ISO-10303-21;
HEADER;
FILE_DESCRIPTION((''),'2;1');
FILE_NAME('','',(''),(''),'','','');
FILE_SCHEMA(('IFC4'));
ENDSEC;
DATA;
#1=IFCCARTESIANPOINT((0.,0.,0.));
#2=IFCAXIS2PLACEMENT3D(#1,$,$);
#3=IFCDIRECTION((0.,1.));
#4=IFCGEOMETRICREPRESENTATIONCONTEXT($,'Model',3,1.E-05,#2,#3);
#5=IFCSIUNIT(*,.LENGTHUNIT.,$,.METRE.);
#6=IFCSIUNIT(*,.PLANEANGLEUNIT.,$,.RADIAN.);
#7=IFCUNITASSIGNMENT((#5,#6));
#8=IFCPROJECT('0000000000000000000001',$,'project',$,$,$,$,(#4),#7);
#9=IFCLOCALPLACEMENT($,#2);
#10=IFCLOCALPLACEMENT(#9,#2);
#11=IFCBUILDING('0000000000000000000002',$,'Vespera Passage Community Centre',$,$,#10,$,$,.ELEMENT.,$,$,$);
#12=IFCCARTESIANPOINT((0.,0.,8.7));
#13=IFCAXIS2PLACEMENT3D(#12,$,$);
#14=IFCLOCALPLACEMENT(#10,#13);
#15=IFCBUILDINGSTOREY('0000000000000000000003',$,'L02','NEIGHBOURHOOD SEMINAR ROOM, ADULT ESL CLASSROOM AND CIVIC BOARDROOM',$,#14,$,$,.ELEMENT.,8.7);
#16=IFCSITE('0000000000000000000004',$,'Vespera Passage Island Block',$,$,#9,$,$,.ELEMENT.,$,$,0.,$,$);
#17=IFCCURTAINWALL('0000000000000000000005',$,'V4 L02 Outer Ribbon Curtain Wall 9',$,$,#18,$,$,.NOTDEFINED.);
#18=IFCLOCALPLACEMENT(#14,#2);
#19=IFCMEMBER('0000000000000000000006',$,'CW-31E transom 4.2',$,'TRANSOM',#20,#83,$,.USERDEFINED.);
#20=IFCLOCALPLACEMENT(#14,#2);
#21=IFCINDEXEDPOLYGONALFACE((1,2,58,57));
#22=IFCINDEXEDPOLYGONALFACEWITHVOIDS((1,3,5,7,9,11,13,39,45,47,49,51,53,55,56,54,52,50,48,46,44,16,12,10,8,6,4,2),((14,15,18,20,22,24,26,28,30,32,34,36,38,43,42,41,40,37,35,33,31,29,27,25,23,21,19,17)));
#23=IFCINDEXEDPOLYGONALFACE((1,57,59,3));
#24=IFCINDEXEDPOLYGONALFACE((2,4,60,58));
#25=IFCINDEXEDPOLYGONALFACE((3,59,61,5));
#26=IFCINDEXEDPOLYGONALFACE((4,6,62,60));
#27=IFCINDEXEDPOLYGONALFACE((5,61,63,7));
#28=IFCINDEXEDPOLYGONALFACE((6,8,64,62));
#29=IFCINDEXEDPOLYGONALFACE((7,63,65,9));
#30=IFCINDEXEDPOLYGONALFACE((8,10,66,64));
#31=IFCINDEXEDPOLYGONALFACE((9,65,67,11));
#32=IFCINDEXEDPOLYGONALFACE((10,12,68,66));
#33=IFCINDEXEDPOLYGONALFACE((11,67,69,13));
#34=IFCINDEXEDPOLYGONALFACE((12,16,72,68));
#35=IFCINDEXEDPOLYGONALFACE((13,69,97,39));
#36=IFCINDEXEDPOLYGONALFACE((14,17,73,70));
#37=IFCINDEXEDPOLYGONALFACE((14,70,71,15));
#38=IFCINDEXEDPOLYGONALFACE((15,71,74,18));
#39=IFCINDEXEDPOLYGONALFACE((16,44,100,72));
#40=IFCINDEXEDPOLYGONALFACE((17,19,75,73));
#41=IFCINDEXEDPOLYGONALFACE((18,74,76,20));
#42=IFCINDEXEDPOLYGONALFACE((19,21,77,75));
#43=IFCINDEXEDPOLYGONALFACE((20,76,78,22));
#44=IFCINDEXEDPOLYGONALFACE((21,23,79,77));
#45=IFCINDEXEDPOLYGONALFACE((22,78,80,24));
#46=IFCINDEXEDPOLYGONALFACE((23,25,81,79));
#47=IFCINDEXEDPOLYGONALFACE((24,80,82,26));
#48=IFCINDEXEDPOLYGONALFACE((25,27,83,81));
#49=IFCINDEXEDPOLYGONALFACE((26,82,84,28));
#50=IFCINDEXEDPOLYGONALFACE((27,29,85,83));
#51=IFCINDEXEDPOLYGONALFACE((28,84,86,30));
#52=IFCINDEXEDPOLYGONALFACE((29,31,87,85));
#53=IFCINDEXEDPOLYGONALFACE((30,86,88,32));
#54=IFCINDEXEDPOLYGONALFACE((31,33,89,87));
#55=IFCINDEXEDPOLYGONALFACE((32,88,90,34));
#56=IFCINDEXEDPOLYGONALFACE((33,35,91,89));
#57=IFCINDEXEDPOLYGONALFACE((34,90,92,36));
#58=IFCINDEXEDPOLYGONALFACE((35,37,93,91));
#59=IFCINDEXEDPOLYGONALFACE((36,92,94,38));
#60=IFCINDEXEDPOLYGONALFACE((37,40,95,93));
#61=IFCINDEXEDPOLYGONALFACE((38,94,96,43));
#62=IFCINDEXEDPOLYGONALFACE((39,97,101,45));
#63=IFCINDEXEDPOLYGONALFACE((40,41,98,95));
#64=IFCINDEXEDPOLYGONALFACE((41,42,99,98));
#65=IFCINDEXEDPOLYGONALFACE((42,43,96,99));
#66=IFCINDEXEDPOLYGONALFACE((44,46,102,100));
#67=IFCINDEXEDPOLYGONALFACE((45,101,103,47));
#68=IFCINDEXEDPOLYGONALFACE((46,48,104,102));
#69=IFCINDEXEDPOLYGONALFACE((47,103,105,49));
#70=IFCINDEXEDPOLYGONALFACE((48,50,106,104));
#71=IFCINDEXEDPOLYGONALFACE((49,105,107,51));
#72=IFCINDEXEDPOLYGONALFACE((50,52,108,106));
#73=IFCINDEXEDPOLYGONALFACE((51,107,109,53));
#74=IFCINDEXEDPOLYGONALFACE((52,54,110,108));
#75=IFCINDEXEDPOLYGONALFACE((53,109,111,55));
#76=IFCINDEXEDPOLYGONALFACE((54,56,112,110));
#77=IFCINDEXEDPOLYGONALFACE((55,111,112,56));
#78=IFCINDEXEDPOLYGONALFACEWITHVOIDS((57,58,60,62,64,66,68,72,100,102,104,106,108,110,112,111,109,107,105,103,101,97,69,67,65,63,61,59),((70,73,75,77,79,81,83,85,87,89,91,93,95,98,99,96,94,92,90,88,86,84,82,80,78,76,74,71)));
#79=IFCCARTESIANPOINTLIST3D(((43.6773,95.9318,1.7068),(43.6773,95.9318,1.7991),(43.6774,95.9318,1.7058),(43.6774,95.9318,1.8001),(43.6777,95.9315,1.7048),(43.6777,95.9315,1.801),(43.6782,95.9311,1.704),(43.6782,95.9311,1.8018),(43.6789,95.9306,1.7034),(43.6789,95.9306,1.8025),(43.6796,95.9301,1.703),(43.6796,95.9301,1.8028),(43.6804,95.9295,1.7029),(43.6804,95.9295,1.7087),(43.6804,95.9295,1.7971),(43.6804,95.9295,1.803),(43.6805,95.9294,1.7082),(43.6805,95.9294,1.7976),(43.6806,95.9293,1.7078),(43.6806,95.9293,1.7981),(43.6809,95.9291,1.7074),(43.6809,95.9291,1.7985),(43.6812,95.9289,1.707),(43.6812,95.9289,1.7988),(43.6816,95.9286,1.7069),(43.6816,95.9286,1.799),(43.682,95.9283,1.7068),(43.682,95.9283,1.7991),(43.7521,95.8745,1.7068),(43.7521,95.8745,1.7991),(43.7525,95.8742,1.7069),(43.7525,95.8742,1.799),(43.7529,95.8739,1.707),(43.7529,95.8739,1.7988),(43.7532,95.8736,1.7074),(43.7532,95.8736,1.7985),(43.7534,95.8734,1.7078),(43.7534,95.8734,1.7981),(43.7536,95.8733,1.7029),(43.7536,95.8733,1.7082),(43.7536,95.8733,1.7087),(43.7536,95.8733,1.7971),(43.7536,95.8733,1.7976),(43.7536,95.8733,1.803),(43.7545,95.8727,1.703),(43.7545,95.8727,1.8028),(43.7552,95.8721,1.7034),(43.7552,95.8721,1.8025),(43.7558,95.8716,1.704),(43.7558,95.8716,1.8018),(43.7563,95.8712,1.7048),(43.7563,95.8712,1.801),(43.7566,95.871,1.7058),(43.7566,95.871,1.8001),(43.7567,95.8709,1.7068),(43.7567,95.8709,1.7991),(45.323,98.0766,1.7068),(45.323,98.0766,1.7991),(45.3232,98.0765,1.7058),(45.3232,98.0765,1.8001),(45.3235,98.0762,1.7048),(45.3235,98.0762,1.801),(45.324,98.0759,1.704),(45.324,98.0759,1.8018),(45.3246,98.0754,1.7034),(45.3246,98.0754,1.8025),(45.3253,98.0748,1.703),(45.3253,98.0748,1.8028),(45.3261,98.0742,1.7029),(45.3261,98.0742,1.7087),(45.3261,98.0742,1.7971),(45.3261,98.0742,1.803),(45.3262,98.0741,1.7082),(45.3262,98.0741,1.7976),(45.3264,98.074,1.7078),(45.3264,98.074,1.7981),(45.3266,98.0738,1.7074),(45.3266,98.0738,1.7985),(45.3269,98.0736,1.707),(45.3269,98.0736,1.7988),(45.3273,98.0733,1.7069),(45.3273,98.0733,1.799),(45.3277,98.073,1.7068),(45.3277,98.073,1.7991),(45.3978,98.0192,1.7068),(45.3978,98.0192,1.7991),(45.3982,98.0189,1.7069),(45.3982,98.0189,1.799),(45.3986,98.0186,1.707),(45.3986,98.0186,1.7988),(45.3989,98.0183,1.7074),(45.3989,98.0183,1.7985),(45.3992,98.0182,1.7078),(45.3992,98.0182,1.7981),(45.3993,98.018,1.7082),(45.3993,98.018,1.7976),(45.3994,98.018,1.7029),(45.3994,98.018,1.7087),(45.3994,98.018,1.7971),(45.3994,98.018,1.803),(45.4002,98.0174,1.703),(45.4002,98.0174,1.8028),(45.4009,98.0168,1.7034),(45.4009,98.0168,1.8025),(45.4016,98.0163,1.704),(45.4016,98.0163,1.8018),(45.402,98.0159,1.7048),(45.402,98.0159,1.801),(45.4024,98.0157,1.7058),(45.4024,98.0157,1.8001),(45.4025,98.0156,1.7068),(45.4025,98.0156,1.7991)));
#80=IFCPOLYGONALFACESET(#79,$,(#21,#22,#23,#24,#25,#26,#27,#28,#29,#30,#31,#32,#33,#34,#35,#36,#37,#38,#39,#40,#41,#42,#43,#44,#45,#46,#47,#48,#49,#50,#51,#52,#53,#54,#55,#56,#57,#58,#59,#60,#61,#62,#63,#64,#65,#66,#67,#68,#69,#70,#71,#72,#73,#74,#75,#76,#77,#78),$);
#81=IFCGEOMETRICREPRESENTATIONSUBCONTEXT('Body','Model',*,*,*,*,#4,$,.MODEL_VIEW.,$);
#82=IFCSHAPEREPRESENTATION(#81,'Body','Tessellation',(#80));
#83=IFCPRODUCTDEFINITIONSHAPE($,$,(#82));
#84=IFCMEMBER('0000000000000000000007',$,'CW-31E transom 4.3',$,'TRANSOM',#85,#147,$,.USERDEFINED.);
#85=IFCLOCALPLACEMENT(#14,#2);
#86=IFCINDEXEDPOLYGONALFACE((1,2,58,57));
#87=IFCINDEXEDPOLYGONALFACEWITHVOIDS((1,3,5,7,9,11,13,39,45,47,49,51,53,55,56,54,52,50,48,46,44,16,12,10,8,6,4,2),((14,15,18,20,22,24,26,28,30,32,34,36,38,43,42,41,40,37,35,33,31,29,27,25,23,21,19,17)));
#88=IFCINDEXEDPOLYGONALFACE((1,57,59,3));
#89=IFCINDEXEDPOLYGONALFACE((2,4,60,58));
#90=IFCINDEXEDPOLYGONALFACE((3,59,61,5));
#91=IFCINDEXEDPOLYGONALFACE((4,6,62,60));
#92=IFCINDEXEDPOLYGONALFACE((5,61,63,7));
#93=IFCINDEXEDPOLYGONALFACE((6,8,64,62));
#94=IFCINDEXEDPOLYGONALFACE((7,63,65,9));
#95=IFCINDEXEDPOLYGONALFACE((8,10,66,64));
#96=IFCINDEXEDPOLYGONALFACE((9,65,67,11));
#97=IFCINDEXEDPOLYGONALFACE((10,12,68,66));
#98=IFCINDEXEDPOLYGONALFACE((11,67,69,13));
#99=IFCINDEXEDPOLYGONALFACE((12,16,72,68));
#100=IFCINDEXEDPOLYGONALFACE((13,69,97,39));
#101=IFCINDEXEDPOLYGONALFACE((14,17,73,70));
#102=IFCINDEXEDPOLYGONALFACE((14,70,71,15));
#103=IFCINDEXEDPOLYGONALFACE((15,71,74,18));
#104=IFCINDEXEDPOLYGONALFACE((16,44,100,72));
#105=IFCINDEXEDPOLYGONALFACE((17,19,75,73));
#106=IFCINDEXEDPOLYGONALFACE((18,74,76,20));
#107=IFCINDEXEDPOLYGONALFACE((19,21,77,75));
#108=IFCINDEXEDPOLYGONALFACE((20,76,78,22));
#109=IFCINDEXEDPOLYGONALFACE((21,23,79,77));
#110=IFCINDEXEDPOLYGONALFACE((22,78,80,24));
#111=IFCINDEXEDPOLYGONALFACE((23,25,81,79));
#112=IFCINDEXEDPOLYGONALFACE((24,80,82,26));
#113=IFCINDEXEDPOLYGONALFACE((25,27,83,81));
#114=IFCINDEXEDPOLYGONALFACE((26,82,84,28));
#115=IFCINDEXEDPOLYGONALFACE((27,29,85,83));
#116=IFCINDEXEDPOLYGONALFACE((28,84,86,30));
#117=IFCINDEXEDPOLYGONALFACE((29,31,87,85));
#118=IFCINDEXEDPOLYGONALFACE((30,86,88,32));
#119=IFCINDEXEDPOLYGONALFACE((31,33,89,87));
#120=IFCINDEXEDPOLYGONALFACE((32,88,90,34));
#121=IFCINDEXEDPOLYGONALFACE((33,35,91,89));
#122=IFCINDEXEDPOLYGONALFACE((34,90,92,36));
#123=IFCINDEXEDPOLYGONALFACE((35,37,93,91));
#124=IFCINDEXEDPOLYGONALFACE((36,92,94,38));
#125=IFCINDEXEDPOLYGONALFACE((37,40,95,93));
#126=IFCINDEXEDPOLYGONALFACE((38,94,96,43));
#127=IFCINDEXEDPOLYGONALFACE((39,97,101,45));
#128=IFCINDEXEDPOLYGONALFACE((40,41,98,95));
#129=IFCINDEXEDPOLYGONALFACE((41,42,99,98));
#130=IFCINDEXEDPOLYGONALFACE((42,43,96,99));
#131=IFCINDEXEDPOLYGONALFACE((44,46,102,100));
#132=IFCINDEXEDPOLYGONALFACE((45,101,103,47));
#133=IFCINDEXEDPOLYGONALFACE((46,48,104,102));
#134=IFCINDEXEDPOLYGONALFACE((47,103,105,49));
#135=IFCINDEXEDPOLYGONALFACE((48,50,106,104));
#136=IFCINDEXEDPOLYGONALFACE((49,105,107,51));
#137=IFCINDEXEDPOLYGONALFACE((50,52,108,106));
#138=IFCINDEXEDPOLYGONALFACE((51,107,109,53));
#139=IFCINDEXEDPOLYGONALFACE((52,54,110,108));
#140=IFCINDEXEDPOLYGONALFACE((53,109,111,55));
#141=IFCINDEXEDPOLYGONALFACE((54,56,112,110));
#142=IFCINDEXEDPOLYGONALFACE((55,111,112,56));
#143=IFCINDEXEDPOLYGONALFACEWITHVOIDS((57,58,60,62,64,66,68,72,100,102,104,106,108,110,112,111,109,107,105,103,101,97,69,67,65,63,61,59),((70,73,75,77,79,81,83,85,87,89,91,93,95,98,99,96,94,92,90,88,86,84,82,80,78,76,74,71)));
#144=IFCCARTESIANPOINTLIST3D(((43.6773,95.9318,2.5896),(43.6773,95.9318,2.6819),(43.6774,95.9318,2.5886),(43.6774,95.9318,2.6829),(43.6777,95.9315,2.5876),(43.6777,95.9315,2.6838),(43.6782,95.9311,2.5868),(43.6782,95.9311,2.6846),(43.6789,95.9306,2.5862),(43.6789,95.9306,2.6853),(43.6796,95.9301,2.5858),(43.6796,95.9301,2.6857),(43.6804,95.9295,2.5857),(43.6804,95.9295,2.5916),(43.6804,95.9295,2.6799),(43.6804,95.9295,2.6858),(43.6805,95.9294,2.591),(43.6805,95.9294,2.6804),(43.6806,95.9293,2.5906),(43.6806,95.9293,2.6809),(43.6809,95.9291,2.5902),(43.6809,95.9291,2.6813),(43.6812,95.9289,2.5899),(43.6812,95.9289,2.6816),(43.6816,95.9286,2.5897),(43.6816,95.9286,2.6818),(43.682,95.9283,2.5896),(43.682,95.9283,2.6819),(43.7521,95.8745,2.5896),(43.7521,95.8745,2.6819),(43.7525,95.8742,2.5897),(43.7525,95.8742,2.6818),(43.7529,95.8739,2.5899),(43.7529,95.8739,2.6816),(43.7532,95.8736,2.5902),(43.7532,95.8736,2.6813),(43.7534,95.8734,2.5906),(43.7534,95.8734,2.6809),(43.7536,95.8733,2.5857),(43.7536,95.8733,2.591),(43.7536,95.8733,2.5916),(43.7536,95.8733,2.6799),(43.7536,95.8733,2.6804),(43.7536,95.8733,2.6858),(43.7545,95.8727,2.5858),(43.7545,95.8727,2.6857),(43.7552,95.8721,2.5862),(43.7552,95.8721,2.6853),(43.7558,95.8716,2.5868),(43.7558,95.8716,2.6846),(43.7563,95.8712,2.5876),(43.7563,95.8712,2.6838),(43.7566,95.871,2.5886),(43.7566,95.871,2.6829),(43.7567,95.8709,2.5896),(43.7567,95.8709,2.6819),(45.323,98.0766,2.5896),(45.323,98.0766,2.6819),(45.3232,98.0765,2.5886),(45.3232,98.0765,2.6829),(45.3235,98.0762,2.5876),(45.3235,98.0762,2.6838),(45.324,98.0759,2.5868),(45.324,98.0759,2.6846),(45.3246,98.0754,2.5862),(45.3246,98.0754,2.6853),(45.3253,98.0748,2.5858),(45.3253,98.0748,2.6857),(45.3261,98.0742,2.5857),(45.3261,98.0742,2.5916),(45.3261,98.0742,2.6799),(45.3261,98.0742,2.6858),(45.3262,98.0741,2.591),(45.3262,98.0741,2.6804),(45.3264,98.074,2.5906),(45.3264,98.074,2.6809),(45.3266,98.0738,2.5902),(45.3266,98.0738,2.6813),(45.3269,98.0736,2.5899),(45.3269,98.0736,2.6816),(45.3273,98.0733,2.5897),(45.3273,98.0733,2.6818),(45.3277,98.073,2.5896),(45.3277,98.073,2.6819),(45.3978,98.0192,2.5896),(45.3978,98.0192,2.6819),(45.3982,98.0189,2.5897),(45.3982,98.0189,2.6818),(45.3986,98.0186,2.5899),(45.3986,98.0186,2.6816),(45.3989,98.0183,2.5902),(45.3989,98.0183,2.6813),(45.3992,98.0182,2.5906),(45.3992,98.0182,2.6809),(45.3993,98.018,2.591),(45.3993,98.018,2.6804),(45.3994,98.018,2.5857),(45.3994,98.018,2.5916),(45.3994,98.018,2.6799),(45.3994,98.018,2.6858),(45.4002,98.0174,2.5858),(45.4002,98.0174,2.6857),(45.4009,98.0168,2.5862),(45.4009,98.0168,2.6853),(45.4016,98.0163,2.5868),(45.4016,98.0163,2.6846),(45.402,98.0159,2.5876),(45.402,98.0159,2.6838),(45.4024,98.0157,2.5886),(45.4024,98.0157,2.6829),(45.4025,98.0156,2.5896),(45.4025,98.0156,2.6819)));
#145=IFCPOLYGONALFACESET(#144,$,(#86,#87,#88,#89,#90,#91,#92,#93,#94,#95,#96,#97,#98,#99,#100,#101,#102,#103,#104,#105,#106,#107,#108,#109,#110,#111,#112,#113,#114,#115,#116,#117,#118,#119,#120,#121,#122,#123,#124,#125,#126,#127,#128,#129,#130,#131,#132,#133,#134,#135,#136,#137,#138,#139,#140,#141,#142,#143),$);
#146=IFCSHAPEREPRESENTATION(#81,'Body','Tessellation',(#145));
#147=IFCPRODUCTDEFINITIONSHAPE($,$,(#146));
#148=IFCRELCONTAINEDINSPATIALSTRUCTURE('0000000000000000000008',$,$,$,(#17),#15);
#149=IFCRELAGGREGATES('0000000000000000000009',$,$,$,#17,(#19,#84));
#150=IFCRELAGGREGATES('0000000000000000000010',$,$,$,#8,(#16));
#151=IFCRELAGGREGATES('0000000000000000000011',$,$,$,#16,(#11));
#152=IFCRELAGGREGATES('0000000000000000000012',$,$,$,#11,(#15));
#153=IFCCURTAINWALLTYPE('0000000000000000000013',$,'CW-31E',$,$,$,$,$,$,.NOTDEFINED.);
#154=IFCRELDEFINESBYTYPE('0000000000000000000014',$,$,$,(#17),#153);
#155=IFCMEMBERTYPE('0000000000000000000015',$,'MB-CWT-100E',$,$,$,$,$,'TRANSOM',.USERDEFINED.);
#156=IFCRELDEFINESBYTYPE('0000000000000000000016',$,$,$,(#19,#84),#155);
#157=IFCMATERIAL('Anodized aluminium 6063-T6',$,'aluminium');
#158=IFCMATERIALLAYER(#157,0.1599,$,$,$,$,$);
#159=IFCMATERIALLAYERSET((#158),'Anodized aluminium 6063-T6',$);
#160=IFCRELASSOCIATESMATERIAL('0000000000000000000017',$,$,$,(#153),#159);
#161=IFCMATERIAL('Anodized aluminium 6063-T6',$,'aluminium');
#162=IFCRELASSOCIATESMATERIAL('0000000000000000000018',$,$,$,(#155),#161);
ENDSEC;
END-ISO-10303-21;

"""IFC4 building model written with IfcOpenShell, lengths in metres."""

from ifc_helpers import new_model, si_unit, direction, frame, origin, origin_2d, place, context, subcontext, project, spatial, hollow_rectangle, extrude, material, layer, layer_set, material_profile, profile_set, type_object, element, aggregate, save


model = new_model("IFC4")

# Units and contexts
model_context = context("Model", 3, precision=1e-05, world=origin(), true_north=direction((0.0, 1.0)))
body_context = subcontext(model_context, "Body", "Model", "MODEL_VIEW")
ifc_project = project(units=[si_unit("LENGTHUNIT", "METRE"), si_unit("PLANEANGLEUNIT", "RADIAN")], contexts=[model_context])

# Site, building, storey
site_placement = place(None, origin())
site = spatial("IfcSite", under=ifc_project, at=site_placement, Name="Vespera Passage Island Block", CompositionType="ELEMENT", RefElevation=0.0)
building_placement = place(site_placement, origin())
building = spatial("IfcBuilding", under=site, at=building_placement, Name="Vespera Passage Community Centre", CompositionType="ELEMENT")
storey_placement = place(building_placement, frame((0.0, 0.0, 8.7)))
storey = spatial("IfcBuildingStorey", under=building, at=storey_placement, Name="L02", Description="NEIGHBOURHOOD SEMINAR ROOM, ADULT ESL CLASSROOM AND CIVIC BOARDROOM", CompositionType="ELEMENT", Elevation=8.7)

# Curtain wall
ifc_material_1 = material(Name="Anodized aluminium 6063-T6", Category="aluminium")
ifc_layer_1 = layer(ifc_material_1, 0.1599)
ifc_layer_set_1 = layer_set([ifc_layer_1], Name="Anodized aluminium 6063-T6")
curtain_wall_type_1 = type_object("IfcCurtainWallType", Name="CW-31E", PredefinedType="NOTDEFINED", material=ifc_layer_set_1)
curtain_wall_1_placement = place(storey_placement, origin())
curtain_wall_1 = element("IfcCurtainWall", 1, at=curtain_wall_1_placement, inside=storey, type_object=curtain_wall_type_1, Name="V4 L02 Outer Ribbon Curtain Wall 9", PredefinedType="NOTDEFINED")

# Members
ifc_material_2 = material(Name="Anodized aluminium 6063-T6", Category="aluminium")
ifc_material_profile_1 = material_profile(ifc_material_2, hollow_rectangle(XDim=0.1001, YDim=0.1001, WallThickness=0.0039, InnerFilletRadius=0.002, OuterFilletRadius=0.0039, at=origin_2d()), Name="ALU100X100X4")
ifc_profile_set_1 = profile_set([ifc_material_profile_1], Name="Anodized aluminium 6063-T6")
member_type_1 = type_object("IfcMemberType", Name="MB-CWT-100E", ElementType="TRANSOM", PredefinedType="USERDEFINED", material=ifc_profile_set_1)
member_1_placement = place(storey_placement, frame((43.717, 95.9014, 1.7529), z_axis=(0.608763, 0.793352, 0.0), x_axis=(-0.793352, 0.608763, 0.0)))
member_1 = element("IfcMember", 2, at=member_1_placement, type_object=member_type_1, Name="CW-31E transom 4.2", ObjectType="TRANSOM", PredefinedType="USERDEFINED", context=body_context, shape_type="SweptSolid", body=[
    extrude(hollow_rectangle(XDim=0.1001, YDim=0.1001, WallThickness=0.0039, InnerFilletRadius=0.002, OuterFilletRadius=0.0039, at=origin_2d()), origin(), (0.0, 0.0, 1.0), 2.7034),
])
member_2_placement = place(storey_placement, frame((43.717, 95.9014, 2.6357), z_axis=(0.608763, 0.793352, 0.0), x_axis=(-0.793352, 0.608763, 0.0)))
member_2 = element("IfcMember", 3, at=member_2_placement, type_object=member_type_1, Name="CW-31E transom 4.3", ObjectType="TRANSOM", PredefinedType="USERDEFINED", context=body_context, shape_type="SweptSolid", body=[
    extrude(hollow_rectangle(XDim=0.1001, YDim=0.1001, WallThickness=0.0039, InnerFilletRadius=0.002, OuterFilletRadius=0.0039, at=origin_2d()), origin(), (0.0, 0.0, 1.0), 2.7034),
])

aggregate(curtain_wall_1, [member_1, member_2])

save(model, "model.ifc")
